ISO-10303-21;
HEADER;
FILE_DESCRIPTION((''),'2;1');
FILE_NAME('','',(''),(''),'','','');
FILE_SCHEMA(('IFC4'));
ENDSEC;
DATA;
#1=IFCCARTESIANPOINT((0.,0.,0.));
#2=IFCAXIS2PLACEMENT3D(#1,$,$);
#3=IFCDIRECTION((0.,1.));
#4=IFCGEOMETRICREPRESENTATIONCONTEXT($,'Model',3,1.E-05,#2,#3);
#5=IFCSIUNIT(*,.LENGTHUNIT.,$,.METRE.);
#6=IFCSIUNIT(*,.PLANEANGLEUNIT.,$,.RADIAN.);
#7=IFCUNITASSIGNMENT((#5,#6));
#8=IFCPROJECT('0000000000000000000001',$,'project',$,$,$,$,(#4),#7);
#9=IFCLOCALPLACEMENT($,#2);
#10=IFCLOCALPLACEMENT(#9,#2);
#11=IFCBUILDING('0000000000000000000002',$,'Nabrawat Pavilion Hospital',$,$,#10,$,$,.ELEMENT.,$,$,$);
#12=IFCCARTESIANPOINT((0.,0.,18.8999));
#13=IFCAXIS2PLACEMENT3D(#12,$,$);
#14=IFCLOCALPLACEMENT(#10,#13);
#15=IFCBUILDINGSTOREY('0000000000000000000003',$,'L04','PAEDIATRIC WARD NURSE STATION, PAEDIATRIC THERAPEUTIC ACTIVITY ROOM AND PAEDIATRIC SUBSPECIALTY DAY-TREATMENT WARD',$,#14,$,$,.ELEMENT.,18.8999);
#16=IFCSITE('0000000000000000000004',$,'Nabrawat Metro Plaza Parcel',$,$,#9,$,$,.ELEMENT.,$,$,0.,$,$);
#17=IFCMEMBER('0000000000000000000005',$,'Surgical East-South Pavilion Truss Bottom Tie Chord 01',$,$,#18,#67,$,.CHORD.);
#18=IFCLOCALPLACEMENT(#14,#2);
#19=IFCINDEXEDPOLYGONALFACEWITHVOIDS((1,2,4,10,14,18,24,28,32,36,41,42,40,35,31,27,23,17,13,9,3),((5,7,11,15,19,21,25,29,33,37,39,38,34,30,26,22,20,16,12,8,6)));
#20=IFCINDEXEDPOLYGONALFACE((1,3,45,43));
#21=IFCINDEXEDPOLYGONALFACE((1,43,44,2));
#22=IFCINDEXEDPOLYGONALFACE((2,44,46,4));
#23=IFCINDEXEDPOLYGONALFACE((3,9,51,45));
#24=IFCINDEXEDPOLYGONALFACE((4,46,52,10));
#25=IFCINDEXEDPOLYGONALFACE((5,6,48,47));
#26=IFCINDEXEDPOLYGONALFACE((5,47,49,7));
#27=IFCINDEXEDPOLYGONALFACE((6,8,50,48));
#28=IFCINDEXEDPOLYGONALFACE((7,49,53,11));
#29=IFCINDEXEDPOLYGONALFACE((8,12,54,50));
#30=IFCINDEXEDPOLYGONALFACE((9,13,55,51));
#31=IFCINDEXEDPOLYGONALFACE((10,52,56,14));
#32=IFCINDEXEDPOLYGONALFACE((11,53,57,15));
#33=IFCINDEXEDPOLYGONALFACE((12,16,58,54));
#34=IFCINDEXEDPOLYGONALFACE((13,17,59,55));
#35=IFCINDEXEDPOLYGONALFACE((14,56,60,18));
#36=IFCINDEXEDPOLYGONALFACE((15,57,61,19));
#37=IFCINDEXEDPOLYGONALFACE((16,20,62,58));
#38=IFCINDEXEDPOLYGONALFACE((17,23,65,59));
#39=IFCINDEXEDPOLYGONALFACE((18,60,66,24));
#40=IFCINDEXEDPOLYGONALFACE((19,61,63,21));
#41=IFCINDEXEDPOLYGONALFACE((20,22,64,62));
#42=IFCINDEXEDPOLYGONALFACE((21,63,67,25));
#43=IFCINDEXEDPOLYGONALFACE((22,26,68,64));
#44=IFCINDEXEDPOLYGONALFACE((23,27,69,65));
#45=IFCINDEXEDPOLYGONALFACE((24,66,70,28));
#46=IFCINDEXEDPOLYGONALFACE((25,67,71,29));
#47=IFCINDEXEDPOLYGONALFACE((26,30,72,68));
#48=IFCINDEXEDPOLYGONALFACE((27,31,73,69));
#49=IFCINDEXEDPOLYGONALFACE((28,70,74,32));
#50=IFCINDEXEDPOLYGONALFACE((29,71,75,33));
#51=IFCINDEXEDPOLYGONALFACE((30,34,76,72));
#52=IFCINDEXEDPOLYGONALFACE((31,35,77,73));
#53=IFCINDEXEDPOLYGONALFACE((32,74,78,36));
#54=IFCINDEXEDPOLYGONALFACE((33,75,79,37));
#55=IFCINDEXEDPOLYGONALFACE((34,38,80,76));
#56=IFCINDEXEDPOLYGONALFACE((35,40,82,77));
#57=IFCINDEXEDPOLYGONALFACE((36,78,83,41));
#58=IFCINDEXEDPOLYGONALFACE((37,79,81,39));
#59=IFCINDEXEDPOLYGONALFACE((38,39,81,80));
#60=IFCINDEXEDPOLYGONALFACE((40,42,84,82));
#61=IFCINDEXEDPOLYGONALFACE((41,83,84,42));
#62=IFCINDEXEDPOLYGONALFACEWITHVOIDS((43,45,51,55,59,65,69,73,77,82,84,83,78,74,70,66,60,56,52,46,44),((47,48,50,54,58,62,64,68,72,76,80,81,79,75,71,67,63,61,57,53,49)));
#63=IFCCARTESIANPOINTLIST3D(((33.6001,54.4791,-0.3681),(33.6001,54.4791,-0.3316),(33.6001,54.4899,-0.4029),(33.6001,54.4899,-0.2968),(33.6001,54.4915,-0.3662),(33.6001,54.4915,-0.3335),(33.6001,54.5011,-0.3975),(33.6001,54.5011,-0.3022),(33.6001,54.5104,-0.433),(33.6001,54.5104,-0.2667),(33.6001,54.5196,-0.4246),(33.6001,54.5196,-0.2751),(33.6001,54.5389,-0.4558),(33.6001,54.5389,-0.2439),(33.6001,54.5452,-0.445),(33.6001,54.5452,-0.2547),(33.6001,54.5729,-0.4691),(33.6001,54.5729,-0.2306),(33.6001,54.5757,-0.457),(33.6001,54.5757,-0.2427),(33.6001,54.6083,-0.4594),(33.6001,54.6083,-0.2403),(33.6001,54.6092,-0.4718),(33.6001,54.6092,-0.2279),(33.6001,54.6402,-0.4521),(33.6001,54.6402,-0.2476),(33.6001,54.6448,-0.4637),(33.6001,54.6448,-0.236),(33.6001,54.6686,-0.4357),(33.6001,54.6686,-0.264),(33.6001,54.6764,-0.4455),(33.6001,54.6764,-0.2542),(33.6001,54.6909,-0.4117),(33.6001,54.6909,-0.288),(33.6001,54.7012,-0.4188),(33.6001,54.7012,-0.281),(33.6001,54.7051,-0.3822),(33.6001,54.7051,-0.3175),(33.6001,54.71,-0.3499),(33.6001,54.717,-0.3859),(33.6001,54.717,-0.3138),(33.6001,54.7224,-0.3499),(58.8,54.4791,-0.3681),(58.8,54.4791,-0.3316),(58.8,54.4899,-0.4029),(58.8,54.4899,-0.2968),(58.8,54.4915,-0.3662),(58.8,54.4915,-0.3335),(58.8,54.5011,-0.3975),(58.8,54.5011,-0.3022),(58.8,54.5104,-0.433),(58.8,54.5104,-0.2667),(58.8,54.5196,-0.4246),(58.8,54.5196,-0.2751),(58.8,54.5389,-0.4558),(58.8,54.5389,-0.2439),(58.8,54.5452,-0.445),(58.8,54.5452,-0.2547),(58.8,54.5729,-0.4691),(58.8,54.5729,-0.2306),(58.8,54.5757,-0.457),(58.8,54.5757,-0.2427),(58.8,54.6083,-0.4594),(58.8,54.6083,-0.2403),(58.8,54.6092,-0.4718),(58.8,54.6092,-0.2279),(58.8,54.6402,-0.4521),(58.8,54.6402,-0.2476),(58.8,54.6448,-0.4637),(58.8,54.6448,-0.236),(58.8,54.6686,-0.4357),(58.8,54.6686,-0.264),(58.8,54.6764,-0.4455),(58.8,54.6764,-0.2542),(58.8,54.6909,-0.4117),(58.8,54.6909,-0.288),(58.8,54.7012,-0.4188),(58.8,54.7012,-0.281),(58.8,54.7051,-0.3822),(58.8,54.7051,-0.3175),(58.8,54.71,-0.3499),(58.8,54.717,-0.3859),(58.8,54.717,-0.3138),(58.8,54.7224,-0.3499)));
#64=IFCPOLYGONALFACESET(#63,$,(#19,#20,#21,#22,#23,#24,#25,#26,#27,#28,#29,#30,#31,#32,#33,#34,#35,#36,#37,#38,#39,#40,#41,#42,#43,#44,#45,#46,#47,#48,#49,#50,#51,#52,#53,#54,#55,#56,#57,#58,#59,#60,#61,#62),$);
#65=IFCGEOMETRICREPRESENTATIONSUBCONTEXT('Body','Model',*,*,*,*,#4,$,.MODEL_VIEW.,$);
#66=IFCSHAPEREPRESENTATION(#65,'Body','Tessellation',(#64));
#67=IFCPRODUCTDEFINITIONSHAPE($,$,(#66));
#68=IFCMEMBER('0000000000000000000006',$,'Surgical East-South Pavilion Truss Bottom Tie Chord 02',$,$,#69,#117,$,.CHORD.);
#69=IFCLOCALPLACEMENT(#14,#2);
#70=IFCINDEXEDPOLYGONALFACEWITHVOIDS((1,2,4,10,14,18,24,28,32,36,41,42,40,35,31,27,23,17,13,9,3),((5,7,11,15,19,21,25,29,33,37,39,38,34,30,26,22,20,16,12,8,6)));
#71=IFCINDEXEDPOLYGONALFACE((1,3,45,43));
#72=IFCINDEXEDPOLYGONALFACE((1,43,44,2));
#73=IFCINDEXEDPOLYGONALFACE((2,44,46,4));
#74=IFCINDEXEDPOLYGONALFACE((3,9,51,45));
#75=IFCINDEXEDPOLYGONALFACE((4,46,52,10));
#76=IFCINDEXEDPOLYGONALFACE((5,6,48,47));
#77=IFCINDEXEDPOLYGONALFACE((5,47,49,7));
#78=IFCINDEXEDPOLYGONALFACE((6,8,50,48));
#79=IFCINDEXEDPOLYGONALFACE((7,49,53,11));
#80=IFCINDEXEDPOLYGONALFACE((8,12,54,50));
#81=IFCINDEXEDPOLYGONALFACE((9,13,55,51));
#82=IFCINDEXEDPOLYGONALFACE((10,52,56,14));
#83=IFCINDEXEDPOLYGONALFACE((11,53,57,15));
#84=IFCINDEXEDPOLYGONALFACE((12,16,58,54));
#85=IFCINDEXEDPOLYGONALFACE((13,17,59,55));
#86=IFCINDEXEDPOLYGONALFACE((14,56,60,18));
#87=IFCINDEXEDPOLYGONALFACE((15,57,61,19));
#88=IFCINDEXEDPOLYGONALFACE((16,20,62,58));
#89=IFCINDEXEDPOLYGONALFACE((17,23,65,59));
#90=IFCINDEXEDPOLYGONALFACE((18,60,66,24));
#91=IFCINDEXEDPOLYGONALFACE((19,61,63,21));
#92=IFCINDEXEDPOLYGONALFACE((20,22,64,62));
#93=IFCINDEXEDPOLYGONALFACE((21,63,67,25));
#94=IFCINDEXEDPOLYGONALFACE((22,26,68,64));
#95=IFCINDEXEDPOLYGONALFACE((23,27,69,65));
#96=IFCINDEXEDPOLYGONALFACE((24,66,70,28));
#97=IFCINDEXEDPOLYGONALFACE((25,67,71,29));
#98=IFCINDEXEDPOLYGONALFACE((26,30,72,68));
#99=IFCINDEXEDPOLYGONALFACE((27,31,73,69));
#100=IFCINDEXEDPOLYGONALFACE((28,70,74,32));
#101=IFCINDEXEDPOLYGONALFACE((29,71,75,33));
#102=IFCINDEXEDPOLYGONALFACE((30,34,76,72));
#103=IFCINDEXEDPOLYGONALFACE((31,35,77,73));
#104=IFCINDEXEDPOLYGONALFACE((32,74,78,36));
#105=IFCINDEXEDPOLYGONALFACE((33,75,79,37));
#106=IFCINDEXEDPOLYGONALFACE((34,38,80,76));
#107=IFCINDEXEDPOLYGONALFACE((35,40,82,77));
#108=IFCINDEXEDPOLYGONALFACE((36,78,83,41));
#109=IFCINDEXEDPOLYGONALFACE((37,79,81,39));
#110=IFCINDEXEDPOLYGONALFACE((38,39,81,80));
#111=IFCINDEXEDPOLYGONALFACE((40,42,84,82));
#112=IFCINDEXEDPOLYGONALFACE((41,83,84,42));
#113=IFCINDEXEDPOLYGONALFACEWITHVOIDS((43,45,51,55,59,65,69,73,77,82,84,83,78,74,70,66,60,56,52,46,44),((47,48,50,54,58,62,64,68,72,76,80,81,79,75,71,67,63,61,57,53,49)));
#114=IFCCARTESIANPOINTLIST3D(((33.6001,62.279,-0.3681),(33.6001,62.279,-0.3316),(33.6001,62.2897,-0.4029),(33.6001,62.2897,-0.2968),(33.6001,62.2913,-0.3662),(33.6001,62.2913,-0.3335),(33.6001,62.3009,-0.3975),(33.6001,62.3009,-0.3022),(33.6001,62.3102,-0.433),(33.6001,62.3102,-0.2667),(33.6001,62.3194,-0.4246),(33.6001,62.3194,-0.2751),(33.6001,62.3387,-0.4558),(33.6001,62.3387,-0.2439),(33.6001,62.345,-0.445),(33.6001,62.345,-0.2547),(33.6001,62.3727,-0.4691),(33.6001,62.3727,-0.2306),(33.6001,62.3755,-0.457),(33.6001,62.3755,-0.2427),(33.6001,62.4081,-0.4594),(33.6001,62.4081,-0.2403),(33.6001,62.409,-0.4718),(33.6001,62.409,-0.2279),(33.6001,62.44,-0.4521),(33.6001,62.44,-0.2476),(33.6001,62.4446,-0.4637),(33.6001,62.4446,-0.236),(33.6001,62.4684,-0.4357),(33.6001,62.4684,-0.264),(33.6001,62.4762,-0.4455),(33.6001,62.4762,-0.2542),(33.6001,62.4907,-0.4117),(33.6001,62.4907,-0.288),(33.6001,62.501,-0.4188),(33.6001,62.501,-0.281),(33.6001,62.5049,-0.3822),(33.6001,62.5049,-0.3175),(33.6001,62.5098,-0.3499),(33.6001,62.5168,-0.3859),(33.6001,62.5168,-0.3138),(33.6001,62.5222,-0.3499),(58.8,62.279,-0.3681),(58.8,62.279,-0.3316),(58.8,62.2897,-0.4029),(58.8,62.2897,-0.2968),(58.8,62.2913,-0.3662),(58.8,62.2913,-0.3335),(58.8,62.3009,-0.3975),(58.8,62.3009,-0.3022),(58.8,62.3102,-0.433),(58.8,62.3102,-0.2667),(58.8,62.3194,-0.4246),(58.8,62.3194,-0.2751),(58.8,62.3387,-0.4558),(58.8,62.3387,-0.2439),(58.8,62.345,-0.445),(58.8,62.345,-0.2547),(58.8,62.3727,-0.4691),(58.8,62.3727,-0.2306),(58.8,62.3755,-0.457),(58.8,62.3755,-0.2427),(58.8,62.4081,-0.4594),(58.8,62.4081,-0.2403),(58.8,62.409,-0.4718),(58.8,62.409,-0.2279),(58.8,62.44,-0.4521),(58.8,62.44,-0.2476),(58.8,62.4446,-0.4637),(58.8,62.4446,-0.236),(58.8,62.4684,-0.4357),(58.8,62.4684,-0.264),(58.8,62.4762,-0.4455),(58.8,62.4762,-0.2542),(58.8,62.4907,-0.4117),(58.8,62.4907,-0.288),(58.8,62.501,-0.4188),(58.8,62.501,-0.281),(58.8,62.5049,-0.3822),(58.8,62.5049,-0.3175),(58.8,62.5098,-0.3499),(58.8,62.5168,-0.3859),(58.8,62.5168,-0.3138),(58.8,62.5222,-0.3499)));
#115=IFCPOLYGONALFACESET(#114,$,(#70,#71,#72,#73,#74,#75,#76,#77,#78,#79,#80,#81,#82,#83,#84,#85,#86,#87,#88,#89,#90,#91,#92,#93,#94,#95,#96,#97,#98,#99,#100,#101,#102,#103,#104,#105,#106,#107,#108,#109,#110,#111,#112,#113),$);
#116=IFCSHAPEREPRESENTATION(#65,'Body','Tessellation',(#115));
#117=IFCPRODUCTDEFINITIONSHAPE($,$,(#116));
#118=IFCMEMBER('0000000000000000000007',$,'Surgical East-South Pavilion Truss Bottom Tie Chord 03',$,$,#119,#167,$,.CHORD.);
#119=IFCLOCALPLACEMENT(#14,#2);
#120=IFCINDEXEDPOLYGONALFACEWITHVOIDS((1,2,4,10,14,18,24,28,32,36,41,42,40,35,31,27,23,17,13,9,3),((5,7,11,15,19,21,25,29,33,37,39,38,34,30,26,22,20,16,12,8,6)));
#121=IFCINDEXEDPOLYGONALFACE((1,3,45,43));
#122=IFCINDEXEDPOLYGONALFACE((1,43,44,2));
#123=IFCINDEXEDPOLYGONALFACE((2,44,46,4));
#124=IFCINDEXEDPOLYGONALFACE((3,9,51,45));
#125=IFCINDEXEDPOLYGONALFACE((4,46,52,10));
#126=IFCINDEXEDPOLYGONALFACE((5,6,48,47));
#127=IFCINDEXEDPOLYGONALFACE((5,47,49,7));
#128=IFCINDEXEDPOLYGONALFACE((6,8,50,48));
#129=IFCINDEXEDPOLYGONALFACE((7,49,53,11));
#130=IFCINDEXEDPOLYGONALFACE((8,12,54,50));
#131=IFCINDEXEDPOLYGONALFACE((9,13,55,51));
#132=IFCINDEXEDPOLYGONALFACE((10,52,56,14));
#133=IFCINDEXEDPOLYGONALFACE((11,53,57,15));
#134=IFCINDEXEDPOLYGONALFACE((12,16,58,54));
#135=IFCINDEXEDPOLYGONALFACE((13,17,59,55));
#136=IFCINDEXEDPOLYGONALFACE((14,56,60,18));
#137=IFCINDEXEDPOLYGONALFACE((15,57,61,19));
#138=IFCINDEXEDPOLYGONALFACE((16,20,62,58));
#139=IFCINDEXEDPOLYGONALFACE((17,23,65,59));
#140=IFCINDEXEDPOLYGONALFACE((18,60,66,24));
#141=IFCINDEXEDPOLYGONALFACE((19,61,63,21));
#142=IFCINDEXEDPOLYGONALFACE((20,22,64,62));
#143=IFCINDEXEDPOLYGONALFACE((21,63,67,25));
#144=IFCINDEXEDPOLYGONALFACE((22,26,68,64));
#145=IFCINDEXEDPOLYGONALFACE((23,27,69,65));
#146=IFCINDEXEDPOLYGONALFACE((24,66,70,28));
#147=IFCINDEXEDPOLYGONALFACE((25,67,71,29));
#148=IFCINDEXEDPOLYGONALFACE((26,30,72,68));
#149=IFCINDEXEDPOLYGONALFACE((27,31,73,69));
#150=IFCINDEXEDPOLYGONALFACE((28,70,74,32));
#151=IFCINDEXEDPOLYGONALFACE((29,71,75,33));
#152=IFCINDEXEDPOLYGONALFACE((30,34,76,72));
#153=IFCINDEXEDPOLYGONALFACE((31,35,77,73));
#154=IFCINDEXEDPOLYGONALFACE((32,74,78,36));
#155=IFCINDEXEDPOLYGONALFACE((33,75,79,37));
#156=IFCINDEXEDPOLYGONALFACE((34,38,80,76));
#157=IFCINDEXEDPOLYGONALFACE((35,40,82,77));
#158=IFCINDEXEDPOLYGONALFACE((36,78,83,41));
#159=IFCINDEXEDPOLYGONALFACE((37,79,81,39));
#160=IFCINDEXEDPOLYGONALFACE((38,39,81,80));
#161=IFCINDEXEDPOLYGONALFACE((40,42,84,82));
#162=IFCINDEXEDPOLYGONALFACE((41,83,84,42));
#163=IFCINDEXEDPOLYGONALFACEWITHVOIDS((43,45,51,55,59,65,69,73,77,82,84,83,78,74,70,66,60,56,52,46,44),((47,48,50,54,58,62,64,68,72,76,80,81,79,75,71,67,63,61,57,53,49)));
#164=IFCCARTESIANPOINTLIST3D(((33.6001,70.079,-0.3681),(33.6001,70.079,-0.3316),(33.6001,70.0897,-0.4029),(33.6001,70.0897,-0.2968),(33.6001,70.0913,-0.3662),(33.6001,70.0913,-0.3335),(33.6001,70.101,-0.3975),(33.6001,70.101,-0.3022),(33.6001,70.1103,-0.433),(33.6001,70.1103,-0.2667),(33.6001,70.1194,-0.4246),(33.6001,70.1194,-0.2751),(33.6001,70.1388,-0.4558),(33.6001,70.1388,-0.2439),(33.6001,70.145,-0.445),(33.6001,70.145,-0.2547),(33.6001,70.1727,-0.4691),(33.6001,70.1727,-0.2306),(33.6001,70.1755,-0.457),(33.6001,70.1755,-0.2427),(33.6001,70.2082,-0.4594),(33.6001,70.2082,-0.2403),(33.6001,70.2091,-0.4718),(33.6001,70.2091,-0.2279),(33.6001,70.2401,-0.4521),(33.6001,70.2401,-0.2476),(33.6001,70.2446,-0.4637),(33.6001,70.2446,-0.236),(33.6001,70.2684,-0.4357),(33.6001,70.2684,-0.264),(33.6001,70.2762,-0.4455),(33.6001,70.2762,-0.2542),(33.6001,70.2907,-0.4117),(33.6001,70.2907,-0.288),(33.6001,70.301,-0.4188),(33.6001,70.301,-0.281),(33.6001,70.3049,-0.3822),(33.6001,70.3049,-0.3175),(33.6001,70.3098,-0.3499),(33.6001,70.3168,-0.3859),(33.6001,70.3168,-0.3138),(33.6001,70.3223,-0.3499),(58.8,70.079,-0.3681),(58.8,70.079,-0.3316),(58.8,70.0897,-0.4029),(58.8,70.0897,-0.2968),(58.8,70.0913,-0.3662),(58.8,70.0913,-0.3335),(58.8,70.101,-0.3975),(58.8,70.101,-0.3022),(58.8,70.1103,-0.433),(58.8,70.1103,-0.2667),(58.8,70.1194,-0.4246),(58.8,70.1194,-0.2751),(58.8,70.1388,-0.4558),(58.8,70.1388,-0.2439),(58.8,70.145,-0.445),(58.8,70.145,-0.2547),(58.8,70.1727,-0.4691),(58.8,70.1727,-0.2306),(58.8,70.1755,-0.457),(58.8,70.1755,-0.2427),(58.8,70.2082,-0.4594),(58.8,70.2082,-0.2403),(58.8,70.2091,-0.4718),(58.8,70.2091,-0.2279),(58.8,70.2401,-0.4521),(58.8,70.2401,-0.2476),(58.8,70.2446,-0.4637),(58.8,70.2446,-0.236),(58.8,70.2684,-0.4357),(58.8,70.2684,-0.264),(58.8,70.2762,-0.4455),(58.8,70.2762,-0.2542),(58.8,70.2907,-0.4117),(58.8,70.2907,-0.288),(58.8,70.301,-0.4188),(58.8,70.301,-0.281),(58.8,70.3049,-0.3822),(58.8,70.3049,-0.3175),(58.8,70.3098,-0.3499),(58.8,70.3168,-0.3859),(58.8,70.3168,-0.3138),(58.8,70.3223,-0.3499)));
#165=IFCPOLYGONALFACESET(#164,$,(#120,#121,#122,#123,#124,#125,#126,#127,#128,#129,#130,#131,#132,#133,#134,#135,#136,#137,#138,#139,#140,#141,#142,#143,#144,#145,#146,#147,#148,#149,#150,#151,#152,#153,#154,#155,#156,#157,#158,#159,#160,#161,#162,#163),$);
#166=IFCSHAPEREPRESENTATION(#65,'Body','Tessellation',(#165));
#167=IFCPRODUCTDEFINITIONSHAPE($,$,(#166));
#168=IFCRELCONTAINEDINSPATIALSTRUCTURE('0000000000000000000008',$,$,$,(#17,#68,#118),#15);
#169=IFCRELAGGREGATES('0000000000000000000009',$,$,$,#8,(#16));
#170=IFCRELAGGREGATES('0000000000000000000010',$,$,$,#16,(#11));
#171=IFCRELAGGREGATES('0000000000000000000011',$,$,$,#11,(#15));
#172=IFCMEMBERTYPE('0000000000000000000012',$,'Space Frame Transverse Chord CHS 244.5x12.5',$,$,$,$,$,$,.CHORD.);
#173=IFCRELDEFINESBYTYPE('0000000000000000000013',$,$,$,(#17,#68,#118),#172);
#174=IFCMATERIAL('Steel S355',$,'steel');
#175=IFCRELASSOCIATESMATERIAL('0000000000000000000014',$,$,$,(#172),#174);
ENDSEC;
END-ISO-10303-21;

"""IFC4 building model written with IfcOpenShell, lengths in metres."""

from ifc_helpers import new_model, si_unit, direction, frame, origin, origin_2d, place, context, subcontext, project, spatial, hollow_circle, extrude, material, material_profile, profile_set, type_object, element, save


model = new_model("IFC4")

# Units and contexts
model_context = context("Model", 3, precision=1e-05, world=origin(), true_north=direction((0.0, 1.0)))
body_context = subcontext(model_context, "Body", "Model", "MODEL_VIEW")
ifc_project = project(units=[si_unit("LENGTHUNIT", "METRE"), si_unit("PLANEANGLEUNIT", "RADIAN")], contexts=[model_context])

# Site, building, storey
site_placement = place(None, origin())
site = spatial("IfcSite", under=ifc_project, at=site_placement, Name="Nabrawat Metro Plaza Parcel", CompositionType="ELEMENT", RefElevation=0.0)
building_placement = place(site_placement, origin())
building = spatial("IfcBuilding", under=site, at=building_placement, Name="Nabrawat Pavilion Hospital", CompositionType="ELEMENT")
storey_placement = place(building_placement, frame((0.0, 0.0, 18.8999)))
storey = spatial("IfcBuildingStorey", under=building, at=storey_placement, Name="L04", Description="PAEDIATRIC WARD NURSE STATION, PAEDIATRIC THERAPEUTIC ACTIVITY ROOM AND PAEDIATRIC SUBSPECIALTY DAY-TREATMENT WARD", CompositionType="ELEMENT", Elevation=18.8999)

# Members
ifc_material_1 = material(Name="Steel S355", Category="steel")
ifc_material_profile_1 = material_profile(ifc_material_1, hollow_circle(Radius=0.1223, WallThickness=0.0125, at=origin_2d()), Name="CHS 244.5x12.5")
ifc_profile_set_1 = profile_set([ifc_material_profile_1], Name="Steel S355")
member_type_1 = type_object("IfcMemberType", Name="Space Frame Transverse Chord CHS 244.5x12.5", PredefinedType="CHORD", material=ifc_profile_set_1)
for number, where, z_axis, x_axis, name in (
    (1, (33.6001, 54.6001, -0.3499), (1.0, 0.0, 0.0), (0.0, 1.0, 0.0), "Surgical East-South Pavilion Truss Bottom Tie Chord 01"),
    (2, (33.6001, 62.3999, -0.3499), (1.0, 0.0, 0.0), (0.0, 1.0, 0.0), "Surgical East-South Pavilion Truss Bottom Tie Chord 02"),
    (3, (33.6001, 70.2, -0.3499), (1.0, 0.0, 0.0), (0.0, 1.0, 0.0), "Surgical East-South Pavilion Truss Bottom Tie Chord 03"),
):
    element("IfcMember", number, at=place(storey_placement, frame(where, z_axis=z_axis, x_axis=x_axis)), inside=storey, type_object=member_type_1, Name=name, PredefinedType="CHORD", context=body_context, shape_type="SweptSolid", body=[
        extrude(hollow_circle(Radius=0.1223, WallThickness=0.0125, at=origin_2d()), origin(), (0.0, 0.0, 1.0), 25.2),
    ])

save(model, "model.ifc")
